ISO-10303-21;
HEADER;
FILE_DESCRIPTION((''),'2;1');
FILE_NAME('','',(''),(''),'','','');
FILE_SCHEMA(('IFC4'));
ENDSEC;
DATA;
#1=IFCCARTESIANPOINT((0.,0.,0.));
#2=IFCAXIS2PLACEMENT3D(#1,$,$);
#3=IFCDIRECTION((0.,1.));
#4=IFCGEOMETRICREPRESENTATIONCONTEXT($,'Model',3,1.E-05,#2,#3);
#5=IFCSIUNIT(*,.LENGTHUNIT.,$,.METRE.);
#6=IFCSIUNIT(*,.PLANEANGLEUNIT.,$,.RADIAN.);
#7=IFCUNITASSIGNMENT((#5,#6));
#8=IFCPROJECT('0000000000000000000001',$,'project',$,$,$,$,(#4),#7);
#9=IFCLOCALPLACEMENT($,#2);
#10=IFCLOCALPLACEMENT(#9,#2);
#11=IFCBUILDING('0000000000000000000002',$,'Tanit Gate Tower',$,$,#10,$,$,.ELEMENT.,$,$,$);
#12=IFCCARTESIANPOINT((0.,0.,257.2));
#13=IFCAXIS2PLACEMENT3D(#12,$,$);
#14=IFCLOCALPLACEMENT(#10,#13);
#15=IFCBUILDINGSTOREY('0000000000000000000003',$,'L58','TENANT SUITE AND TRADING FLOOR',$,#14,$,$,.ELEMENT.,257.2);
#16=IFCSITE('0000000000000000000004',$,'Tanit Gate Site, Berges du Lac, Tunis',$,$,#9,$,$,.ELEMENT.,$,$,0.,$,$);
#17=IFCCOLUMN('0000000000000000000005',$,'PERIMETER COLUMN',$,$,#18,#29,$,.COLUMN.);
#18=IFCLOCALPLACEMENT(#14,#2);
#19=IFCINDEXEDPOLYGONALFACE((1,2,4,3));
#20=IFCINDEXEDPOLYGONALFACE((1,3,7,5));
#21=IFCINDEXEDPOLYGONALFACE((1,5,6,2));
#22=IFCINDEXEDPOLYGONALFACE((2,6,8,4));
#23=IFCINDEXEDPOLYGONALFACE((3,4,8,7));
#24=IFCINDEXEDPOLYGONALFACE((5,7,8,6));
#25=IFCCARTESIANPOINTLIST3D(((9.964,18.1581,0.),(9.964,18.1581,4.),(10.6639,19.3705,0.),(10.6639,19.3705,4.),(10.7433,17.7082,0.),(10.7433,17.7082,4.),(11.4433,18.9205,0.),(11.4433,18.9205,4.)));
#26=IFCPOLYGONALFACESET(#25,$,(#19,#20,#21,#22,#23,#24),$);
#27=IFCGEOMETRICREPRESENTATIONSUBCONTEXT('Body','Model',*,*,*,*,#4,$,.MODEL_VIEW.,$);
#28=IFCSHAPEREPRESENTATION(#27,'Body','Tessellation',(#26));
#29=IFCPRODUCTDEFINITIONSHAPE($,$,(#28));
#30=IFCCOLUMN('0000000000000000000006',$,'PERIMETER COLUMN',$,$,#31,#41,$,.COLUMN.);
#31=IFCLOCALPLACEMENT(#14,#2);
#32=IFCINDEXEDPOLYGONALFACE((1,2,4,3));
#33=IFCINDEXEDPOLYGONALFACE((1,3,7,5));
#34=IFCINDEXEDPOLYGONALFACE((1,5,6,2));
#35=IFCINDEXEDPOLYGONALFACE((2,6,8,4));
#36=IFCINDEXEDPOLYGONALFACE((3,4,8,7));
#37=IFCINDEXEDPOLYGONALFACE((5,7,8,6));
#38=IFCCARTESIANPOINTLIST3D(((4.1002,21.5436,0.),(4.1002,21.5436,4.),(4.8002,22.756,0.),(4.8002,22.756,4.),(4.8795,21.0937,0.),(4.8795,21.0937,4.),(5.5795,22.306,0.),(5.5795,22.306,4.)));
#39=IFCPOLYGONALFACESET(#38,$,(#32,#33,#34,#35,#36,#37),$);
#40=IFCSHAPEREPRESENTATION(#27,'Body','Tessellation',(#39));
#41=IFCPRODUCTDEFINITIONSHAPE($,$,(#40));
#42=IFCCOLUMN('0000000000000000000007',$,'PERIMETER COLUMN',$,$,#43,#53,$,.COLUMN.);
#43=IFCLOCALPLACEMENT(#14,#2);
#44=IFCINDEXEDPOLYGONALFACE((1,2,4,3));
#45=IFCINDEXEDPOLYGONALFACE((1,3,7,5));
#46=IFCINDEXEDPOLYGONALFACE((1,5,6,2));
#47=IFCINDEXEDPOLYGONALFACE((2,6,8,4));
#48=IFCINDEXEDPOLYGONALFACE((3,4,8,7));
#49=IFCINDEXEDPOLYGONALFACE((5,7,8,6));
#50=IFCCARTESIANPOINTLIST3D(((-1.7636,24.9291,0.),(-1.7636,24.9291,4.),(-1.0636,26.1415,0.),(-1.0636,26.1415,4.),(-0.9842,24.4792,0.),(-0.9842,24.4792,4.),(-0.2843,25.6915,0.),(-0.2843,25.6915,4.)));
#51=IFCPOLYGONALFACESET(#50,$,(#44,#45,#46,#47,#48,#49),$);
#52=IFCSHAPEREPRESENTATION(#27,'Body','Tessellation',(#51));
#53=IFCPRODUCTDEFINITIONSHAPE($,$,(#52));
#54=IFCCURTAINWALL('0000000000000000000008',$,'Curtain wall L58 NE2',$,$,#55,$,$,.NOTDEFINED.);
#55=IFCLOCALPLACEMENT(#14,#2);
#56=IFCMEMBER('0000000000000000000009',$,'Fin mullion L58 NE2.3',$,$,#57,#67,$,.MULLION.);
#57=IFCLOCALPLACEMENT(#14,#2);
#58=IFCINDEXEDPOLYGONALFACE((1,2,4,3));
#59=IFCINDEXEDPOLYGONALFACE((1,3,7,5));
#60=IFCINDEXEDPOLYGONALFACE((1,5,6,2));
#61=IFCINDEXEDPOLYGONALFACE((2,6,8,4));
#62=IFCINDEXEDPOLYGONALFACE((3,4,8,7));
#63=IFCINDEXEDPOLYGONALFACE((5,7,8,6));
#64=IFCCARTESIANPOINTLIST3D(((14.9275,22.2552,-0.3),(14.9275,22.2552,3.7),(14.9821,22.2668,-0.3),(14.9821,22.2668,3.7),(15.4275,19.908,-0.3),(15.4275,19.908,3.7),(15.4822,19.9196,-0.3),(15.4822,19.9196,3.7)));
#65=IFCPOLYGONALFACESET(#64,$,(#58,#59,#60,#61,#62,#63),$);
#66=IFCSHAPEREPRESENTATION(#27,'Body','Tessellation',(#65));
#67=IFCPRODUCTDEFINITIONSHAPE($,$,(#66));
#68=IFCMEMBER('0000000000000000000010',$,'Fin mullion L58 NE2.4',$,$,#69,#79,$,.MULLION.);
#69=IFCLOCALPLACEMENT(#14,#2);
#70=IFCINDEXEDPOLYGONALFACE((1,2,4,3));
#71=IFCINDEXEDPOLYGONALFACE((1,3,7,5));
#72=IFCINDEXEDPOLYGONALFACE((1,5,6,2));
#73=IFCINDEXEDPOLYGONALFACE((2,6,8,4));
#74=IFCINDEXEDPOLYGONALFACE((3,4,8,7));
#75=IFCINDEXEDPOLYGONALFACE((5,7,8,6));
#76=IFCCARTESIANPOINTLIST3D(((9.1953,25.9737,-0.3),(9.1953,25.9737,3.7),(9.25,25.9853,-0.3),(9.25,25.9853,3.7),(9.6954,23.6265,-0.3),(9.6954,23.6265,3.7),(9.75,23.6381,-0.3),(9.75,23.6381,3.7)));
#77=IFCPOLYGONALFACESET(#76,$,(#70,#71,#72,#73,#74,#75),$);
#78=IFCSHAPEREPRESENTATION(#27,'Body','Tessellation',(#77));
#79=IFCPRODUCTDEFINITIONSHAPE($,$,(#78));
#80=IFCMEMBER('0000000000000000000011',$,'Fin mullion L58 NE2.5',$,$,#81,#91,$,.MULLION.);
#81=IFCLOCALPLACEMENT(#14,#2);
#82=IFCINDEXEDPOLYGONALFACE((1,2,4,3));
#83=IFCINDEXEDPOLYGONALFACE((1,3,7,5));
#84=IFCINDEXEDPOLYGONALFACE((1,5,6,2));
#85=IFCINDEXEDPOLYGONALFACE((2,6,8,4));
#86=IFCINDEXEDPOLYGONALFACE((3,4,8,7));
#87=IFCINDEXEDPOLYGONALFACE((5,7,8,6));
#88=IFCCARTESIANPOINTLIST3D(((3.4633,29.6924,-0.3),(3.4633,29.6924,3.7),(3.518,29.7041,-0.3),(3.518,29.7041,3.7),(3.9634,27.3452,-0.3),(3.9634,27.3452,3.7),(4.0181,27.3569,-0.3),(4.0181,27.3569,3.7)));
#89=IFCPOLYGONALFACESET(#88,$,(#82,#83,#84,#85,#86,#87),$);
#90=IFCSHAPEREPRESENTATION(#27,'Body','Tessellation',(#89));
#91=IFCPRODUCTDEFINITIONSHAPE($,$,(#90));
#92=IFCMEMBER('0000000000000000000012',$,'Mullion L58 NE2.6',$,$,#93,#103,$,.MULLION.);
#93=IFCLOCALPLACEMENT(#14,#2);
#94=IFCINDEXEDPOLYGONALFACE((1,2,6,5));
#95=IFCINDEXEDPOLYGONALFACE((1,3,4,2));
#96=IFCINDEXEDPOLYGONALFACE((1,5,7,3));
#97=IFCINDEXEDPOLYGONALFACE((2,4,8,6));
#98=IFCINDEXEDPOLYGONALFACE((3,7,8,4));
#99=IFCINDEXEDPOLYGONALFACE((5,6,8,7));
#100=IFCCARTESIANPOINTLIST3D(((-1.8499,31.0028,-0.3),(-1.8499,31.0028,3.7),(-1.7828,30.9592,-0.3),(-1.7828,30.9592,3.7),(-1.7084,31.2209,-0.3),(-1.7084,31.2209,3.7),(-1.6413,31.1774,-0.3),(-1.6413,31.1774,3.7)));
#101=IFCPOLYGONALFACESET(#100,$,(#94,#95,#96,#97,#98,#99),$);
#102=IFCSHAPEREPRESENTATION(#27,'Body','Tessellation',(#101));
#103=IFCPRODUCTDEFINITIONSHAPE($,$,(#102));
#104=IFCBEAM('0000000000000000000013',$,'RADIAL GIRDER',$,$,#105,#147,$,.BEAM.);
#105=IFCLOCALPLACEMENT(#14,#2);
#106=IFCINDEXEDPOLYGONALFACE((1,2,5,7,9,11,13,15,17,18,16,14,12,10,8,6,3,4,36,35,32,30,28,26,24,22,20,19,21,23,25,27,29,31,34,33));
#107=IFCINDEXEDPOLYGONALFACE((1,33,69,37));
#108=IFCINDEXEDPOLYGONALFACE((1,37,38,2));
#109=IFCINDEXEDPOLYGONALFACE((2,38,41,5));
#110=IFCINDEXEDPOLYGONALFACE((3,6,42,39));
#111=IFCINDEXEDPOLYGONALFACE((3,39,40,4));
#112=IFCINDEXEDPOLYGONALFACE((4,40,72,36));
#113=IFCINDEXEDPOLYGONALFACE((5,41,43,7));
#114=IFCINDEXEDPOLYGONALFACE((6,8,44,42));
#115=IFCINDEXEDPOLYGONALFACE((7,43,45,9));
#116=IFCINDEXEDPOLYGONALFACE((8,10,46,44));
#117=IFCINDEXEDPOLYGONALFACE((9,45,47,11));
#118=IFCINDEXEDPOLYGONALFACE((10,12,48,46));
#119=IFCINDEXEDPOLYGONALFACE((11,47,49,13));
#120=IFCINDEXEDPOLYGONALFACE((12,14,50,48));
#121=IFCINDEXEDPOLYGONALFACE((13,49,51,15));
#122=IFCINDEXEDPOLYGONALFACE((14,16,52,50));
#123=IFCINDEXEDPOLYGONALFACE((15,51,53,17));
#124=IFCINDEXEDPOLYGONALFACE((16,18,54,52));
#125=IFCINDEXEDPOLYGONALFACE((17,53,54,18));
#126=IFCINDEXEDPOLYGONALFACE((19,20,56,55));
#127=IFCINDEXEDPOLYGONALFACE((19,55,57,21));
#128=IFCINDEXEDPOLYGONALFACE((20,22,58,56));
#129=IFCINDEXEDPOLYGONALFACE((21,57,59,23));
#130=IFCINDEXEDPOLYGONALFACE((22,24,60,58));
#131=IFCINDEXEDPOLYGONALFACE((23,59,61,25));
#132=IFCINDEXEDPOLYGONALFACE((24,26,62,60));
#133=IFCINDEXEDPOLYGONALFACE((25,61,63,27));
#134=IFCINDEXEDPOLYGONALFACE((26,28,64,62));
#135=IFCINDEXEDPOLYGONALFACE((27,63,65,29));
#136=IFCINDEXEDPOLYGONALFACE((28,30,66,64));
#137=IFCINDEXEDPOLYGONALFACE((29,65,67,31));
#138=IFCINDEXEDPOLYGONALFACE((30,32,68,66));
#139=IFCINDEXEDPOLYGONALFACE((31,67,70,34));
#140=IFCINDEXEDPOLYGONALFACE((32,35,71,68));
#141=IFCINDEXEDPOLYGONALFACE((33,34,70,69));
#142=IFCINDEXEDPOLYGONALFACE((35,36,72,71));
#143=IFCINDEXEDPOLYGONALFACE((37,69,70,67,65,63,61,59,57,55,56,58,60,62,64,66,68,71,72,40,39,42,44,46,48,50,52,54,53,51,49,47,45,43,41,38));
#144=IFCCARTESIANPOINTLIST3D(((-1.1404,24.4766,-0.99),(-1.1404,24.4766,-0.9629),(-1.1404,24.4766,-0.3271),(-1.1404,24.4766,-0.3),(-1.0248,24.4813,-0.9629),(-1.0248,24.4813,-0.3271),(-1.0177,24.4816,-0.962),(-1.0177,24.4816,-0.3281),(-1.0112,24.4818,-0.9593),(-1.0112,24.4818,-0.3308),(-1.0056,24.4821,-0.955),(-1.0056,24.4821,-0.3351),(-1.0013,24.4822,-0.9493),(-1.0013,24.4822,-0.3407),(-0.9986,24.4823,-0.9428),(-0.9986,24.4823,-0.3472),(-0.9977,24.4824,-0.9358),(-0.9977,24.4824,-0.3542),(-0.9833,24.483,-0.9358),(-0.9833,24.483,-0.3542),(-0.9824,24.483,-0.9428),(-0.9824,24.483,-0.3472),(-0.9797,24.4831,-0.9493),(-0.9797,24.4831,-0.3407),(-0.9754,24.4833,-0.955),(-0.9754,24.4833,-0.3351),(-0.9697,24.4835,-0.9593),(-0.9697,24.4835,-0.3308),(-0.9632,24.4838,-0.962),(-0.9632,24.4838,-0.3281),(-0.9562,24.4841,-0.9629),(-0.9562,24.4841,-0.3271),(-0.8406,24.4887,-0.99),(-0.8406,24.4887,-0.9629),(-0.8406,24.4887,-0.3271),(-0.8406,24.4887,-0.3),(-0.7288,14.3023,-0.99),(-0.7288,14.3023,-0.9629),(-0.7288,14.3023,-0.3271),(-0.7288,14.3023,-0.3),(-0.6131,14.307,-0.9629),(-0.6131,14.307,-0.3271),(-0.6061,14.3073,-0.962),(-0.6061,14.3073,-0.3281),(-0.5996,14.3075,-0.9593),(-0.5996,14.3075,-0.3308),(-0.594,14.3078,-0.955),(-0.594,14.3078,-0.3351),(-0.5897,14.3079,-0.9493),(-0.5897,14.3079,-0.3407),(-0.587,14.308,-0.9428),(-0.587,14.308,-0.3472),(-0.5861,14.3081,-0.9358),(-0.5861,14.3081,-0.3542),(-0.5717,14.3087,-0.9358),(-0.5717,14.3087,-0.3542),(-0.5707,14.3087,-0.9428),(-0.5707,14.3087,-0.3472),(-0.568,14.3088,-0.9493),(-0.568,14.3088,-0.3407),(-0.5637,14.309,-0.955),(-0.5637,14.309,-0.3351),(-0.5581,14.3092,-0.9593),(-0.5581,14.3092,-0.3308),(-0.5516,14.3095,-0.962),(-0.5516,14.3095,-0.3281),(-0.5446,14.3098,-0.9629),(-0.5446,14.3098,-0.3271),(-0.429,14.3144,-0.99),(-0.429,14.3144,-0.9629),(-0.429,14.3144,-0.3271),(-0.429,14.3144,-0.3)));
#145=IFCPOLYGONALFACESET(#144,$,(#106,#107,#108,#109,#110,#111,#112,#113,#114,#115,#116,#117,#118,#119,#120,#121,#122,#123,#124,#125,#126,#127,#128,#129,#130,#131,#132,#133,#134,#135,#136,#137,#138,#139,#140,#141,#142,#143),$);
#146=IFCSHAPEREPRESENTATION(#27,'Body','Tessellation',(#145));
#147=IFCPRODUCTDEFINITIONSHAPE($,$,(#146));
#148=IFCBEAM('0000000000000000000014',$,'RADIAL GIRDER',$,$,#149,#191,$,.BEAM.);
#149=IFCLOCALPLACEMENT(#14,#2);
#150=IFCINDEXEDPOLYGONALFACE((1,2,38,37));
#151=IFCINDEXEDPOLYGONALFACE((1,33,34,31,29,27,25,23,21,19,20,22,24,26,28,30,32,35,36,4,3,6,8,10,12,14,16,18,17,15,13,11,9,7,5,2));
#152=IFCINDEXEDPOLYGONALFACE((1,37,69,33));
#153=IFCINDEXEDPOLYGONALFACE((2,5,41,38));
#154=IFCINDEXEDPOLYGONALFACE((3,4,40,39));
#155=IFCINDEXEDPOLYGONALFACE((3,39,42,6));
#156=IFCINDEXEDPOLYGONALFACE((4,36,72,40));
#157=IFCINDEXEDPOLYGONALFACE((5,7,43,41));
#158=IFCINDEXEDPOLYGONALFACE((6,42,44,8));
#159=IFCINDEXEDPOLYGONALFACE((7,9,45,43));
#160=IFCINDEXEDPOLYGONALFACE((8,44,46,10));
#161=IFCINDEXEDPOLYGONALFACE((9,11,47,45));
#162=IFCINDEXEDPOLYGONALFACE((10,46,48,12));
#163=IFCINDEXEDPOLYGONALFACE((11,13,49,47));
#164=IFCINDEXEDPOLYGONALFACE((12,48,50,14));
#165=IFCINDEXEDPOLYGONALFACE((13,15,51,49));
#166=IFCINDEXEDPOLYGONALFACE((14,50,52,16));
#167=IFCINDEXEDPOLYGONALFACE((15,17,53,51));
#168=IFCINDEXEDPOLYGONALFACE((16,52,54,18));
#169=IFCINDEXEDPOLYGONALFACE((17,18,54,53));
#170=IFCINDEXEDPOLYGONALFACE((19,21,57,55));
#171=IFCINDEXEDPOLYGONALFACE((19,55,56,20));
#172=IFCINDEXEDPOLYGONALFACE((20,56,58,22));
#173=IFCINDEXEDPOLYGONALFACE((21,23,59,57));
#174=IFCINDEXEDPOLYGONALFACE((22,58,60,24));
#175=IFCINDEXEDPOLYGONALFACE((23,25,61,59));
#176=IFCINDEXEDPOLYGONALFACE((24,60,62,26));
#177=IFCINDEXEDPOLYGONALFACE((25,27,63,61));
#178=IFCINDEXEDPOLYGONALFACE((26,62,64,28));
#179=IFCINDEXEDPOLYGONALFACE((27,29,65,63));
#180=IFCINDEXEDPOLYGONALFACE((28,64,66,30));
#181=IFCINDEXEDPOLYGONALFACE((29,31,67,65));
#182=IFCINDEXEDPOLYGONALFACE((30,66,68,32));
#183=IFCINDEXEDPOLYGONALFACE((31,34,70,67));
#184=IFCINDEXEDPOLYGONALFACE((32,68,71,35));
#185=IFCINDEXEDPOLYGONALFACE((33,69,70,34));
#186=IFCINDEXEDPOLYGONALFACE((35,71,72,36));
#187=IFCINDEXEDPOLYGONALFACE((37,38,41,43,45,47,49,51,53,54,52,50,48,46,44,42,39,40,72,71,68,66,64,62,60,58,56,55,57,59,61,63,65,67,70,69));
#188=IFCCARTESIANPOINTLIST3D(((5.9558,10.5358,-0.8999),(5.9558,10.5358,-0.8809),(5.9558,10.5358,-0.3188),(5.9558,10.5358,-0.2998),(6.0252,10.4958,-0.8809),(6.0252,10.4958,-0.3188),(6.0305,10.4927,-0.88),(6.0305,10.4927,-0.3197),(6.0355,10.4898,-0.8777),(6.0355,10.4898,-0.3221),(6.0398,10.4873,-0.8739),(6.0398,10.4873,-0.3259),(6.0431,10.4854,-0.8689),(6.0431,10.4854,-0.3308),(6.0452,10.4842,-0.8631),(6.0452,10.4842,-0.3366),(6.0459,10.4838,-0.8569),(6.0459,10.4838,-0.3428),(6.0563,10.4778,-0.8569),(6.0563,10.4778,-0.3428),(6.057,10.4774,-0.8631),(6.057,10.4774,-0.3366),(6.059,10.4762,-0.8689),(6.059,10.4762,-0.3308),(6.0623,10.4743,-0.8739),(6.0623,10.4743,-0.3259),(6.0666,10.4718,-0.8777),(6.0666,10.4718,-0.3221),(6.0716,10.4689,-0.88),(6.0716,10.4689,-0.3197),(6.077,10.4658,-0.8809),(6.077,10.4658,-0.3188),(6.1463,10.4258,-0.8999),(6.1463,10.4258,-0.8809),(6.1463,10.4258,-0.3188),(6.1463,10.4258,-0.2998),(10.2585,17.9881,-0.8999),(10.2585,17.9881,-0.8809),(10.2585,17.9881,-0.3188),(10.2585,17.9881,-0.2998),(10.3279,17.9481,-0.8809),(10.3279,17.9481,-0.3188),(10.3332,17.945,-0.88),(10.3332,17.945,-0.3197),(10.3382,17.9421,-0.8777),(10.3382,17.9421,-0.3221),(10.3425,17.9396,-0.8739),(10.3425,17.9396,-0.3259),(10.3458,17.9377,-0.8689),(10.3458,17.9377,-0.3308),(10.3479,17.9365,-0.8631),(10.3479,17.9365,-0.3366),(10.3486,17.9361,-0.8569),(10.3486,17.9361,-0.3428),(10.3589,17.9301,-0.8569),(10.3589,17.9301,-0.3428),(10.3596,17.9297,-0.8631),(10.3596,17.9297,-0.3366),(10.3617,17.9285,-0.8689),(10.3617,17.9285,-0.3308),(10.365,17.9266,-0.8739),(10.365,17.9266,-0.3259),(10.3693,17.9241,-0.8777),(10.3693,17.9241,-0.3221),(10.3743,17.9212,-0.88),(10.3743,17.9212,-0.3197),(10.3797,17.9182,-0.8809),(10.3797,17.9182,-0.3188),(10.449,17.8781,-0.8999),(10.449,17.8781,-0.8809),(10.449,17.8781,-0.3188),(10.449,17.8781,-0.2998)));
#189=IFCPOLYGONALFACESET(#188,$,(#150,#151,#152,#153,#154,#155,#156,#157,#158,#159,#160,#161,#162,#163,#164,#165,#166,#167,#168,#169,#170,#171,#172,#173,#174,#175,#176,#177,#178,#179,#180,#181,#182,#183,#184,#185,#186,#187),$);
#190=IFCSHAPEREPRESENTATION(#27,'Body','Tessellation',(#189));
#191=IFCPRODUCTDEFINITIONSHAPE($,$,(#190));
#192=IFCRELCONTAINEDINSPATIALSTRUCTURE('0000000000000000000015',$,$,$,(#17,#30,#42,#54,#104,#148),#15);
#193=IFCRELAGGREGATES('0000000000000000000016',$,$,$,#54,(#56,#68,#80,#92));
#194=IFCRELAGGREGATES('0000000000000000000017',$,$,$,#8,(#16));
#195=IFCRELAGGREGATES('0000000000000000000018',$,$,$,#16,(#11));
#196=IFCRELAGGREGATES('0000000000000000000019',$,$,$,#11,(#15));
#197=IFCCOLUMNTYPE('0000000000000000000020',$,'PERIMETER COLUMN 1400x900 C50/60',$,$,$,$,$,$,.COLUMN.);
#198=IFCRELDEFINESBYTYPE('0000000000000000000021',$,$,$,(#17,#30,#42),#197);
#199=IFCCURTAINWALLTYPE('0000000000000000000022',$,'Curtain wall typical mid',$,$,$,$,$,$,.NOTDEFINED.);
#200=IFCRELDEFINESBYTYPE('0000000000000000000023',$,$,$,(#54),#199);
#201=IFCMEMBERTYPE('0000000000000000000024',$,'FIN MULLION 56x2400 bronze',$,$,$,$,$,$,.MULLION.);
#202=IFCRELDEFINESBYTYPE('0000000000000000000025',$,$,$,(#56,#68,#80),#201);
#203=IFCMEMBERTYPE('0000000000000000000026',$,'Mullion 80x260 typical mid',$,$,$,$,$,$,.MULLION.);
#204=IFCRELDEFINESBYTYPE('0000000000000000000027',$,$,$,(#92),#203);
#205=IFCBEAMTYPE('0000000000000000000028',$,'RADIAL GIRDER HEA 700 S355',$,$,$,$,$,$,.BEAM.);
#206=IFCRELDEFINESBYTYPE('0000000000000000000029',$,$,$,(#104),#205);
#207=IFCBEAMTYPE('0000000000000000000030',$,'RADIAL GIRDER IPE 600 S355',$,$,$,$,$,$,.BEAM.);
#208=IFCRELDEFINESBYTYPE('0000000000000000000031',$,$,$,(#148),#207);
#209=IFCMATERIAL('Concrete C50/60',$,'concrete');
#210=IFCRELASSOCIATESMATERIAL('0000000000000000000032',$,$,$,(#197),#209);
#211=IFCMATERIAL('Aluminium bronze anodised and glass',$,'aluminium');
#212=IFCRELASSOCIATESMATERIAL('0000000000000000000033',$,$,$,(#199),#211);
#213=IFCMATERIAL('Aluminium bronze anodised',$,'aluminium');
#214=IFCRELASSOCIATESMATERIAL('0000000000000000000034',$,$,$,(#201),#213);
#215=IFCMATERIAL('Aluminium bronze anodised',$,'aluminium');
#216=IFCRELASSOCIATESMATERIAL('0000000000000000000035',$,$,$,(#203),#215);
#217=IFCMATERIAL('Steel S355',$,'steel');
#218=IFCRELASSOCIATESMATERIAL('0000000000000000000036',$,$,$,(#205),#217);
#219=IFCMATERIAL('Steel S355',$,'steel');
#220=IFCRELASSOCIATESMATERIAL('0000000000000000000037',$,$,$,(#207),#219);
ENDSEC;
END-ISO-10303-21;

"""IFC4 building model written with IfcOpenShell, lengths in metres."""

from ifc_helpers import new_model, si_unit, direction, frame, origin, origin_2d, place, context, subcontext, project, spatial, rectangle, i_section, extrude, material, material_profile, profile_set, type_object, element, aggregate, save


model = new_model("IFC4")

# Units and contexts
model_context = context("Model", 3, precision=1e-05, world=origin(), true_north=direction((0.0, 1.0)))
body_context = subcontext(model_context, "Body", "Model", "MODEL_VIEW")
ifc_project = project(units=[si_unit("LENGTHUNIT", "METRE"), si_unit("PLANEANGLEUNIT", "RADIAN")], contexts=[model_context])

# Site, building, storey
site_placement = place(None, origin())
site = spatial("IfcSite", under=ifc_project, at=site_placement, Name="Tanit Gate Site, Berges du Lac, Tunis", CompositionType="ELEMENT", RefElevation=0.0)
building_placement = place(site_placement, origin())
building = spatial("IfcBuilding", under=site, at=building_placement, Name="Tanit Gate Tower", CompositionType="ELEMENT")
storey_placement = place(building_placement, frame((0.0, 0.0, 257.2)))
storey = spatial("IfcBuildingStorey", under=building, at=storey_placement, Name="L58", Description="TENANT SUITE AND TRADING FLOOR", CompositionType="ELEMENT", Elevation=257.2)

# Columns
ifc_material_1 = material(Name="Concrete C50/60", Category="concrete")
ifc_material_profile_1 = material_profile(ifc_material_1, rectangle(XDim=1.3999, YDim=0.8999, at=origin_2d()), Name="RC 1400x900")
ifc_profile_set_1 = profile_set([ifc_material_profile_1], Name="Concrete C50/60")
column_type = type_object("IfcColumnType", Name="PERIMETER COLUMN 1400x900 C50/60", PredefinedType="COLUMN", material=ifc_profile_set_1)
for number, where, z_axis, x_axis, name in (
    (1, (10.7036, 18.5393, 0.0), (0.0, 0.0, 1.0), (0.5, 0.866025, 0.0), "PERIMETER COLUMN"),
    (2, (4.8398, 21.9248, 0.0), (0.0, 0.0, 1.0), (0.5, 0.866025, 0.0), "PERIMETER COLUMN"),
    (3, (-1.0239, 25.3103, 0.0), (0.0, 0.0, 1.0), (0.5, 0.866025, 0.0), "PERIMETER COLUMN"),
):
    element("IfcColumn", number, at=place(storey_placement, frame(where, z_axis=z_axis, x_axis=x_axis)), inside=storey, type_object=column_type, Name=name, PredefinedType="COLUMN", context=body_context, shape_type="SweptSolid", body=[
        extrude(rectangle(XDim=1.3999, YDim=0.8999, at=origin_2d()), origin(), (0.0, 0.0, 1.0), 4.0),
    ])

# Curtain wall, members
ifc_material_2 = material(Name="Aluminium bronze anodised and glass", Category="aluminium")
curtain_wall_type = type_object("IfcCurtainWallType", Name="Curtain wall typical mid", PredefinedType="NOTDEFINED", material=ifc_material_2)
curtain_wall_placement = place(storey_placement, origin())
curtain_wall = element("IfcCurtainWall", 4, at=curtain_wall_placement, inside=storey, type_object=curtain_wall_type, Name="Curtain wall L58 NE2", PredefinedType="NOTDEFINED")
ifc_material_3 = material(Name="Aluminium bronze anodised", Category="aluminium")
ifc_material_profile_2 = material_profile(ifc_material_3, rectangle(XDim=2.3999, YDim=0.0559, at=origin_2d()), Name="56x2400 bronze fin mullion")
ifc_profile_set_2 = profile_set([ifc_material_profile_2], Name="Aluminium bronze anodised")
member_type_1 = type_object("IfcMemberType", Name="FIN MULLION 56x2400 bronze", PredefinedType="MULLION", material=ifc_profile_set_2)
member_1_placement = place(storey_placement, frame((15.2048, 21.0874, -0.3), z_axis=(0.0, 0.0, 1.0), x_axis=(0.208373, -0.978049, 0.0)))
member_1 = element("IfcMember", 5, at=member_1_placement, type_object=member_type_1, Name="Fin mullion L58 NE2.3", PredefinedType="MULLION", context=body_context, shape_type="SweptSolid", body=[
    extrude(rectangle(XDim=2.3999, YDim=0.0559, at=origin_2d()), origin(), (0.0, 0.0, 1.0), 4.0),
])
member_2_placement = place(storey_placement, frame((9.4727, 24.8059, -0.3), z_axis=(0.0, 0.0, 1.0), x_axis=(0.208373, -0.978049, 0.0)))
member_2 = element("IfcMember", 6, at=member_2_placement, type_object=member_type_1, Name="Fin mullion L58 NE2.4", PredefinedType="MULLION", context=body_context, shape_type="SweptSolid", body=[
    extrude(rectangle(XDim=2.3999, YDim=0.0559, at=origin_2d()), origin(), (0.0, 0.0, 1.0), 4.0),
])
member_3_placement = place(storey_placement, frame((3.7407, 28.5247, -0.3), z_axis=(0.0, 0.0, 1.0), x_axis=(0.208373, -0.978049, 0.0)))
member_3 = element("IfcMember", 7, at=member_3_placement, type_object=member_type_1, Name="Fin mullion L58 NE2.5", PredefinedType="MULLION", context=body_context, shape_type="SweptSolid", body=[
    extrude(rectangle(XDim=2.3999, YDim=0.0559, at=origin_2d()), origin(), (0.0, 0.0, 1.0), 4.0),
])
ifc_material_4 = material(Name="Aluminium bronze anodised", Category="aluminium")
ifc_material_profile_3 = material_profile(ifc_material_4, rectangle(XDim=0.26, YDim=0.0801, at=origin_2d()), Name="80x260 bronze mullion")
ifc_profile_set_3 = profile_set([ifc_material_profile_3], Name="Aluminium bronze anodised")
member_type_2 = type_object("IfcMemberType", Name="Mullion 80x260 typical mid", PredefinedType="MULLION", material=ifc_profile_set_3)
member_4_placement = place(storey_placement, frame((-1.7456, 31.0901, -0.3), z_axis=(0.0, 0.0, 1.0), x_axis=(-0.544243, -0.838927, 0.0)))
member_4 = element("IfcMember", 8, at=member_4_placement, type_object=member_type_2, Name="Mullion L58 NE2.6", PredefinedType="MULLION", context=body_context, shape_type="SweptSolid", body=[
    extrude(rectangle(XDim=0.26, YDim=0.0801, at=origin_2d()), origin(), (0.0, 0.0, 1.0), 4.0),
])

# Beams
ifc_material_5 = material(Name="Steel S355", Category="steel")
ifc_material_profile_4 = material_profile(ifc_material_5, i_section(OverallWidth=0.3, OverallDepth=0.6899, WebThickness=0.0144, FlangeThickness=0.0271, FilletRadius=0.0271, at=origin_2d()), Name="HEA 700")
ifc_profile_set_4 = profile_set([ifc_material_profile_4], Name="Steel S355")
beam_type_1 = type_object("IfcBeamType", Name="RADIAL GIRDER HEA 700 S355", PredefinedType="BEAM", material=ifc_profile_set_4)
beam_1_placement = place(storey_placement, frame((-0.9905, 24.4827, -0.645), z_axis=(0.040424, -0.999183, 0.0), x_axis=(0.999183, 0.040424, 0.0)))
element("IfcBeam", 9, at=beam_1_placement, inside=storey, type_object=beam_type_1, Name="RADIAL GIRDER", PredefinedType="BEAM", context=body_context, shape_type="SweptSolid", body=[
    extrude(i_section(OverallWidth=0.3, OverallDepth=0.6899, WebThickness=0.0144, FlangeThickness=0.0271, FilletRadius=0.0271, at=origin_2d()), origin(), (0.0, 0.0, 1.0), 10.1826),
])
ifc_material_6 = material(Name="Steel S355", Category="steel")
ifc_material_profile_5 = material_profile(ifc_material_6, i_section(OverallWidth=0.22, OverallDepth=0.6001, WebThickness=0.012, FlangeThickness=0.019, FilletRadius=0.0239, at=origin_2d()), Name="IPE 600")
ifc_profile_set_5 = profile_set([ifc_material_profile_5], Name="Steel S355")
beam_type_2 = type_object("IfcBeamType", Name="RADIAL GIRDER IPE 600 S355", PredefinedType="BEAM", material=ifc_profile_set_5)
beam_2_placement = place(storey_placement, frame((10.3538, 17.9331, -0.5999), z_axis=(-0.500008, -0.866021, 0.0), x_axis=(0.866021, -0.500008, 0.0)))
element("IfcBeam", 10, at=beam_2_placement, inside=storey, type_object=beam_type_2, Name="RADIAL GIRDER", PredefinedType="BEAM", context=body_context, shape_type="SweptSolid", body=[
    extrude(i_section(OverallWidth=0.22, OverallDepth=0.6001, WebThickness=0.012, FlangeThickness=0.019, FilletRadius=0.0239, at=origin_2d()), origin(), (0.0, 0.0, 1.0), 8.6052),
])

aggregate(curtain_wall, [member_1, member_2, member_3, member_4])

save(model, "model.ifc")
